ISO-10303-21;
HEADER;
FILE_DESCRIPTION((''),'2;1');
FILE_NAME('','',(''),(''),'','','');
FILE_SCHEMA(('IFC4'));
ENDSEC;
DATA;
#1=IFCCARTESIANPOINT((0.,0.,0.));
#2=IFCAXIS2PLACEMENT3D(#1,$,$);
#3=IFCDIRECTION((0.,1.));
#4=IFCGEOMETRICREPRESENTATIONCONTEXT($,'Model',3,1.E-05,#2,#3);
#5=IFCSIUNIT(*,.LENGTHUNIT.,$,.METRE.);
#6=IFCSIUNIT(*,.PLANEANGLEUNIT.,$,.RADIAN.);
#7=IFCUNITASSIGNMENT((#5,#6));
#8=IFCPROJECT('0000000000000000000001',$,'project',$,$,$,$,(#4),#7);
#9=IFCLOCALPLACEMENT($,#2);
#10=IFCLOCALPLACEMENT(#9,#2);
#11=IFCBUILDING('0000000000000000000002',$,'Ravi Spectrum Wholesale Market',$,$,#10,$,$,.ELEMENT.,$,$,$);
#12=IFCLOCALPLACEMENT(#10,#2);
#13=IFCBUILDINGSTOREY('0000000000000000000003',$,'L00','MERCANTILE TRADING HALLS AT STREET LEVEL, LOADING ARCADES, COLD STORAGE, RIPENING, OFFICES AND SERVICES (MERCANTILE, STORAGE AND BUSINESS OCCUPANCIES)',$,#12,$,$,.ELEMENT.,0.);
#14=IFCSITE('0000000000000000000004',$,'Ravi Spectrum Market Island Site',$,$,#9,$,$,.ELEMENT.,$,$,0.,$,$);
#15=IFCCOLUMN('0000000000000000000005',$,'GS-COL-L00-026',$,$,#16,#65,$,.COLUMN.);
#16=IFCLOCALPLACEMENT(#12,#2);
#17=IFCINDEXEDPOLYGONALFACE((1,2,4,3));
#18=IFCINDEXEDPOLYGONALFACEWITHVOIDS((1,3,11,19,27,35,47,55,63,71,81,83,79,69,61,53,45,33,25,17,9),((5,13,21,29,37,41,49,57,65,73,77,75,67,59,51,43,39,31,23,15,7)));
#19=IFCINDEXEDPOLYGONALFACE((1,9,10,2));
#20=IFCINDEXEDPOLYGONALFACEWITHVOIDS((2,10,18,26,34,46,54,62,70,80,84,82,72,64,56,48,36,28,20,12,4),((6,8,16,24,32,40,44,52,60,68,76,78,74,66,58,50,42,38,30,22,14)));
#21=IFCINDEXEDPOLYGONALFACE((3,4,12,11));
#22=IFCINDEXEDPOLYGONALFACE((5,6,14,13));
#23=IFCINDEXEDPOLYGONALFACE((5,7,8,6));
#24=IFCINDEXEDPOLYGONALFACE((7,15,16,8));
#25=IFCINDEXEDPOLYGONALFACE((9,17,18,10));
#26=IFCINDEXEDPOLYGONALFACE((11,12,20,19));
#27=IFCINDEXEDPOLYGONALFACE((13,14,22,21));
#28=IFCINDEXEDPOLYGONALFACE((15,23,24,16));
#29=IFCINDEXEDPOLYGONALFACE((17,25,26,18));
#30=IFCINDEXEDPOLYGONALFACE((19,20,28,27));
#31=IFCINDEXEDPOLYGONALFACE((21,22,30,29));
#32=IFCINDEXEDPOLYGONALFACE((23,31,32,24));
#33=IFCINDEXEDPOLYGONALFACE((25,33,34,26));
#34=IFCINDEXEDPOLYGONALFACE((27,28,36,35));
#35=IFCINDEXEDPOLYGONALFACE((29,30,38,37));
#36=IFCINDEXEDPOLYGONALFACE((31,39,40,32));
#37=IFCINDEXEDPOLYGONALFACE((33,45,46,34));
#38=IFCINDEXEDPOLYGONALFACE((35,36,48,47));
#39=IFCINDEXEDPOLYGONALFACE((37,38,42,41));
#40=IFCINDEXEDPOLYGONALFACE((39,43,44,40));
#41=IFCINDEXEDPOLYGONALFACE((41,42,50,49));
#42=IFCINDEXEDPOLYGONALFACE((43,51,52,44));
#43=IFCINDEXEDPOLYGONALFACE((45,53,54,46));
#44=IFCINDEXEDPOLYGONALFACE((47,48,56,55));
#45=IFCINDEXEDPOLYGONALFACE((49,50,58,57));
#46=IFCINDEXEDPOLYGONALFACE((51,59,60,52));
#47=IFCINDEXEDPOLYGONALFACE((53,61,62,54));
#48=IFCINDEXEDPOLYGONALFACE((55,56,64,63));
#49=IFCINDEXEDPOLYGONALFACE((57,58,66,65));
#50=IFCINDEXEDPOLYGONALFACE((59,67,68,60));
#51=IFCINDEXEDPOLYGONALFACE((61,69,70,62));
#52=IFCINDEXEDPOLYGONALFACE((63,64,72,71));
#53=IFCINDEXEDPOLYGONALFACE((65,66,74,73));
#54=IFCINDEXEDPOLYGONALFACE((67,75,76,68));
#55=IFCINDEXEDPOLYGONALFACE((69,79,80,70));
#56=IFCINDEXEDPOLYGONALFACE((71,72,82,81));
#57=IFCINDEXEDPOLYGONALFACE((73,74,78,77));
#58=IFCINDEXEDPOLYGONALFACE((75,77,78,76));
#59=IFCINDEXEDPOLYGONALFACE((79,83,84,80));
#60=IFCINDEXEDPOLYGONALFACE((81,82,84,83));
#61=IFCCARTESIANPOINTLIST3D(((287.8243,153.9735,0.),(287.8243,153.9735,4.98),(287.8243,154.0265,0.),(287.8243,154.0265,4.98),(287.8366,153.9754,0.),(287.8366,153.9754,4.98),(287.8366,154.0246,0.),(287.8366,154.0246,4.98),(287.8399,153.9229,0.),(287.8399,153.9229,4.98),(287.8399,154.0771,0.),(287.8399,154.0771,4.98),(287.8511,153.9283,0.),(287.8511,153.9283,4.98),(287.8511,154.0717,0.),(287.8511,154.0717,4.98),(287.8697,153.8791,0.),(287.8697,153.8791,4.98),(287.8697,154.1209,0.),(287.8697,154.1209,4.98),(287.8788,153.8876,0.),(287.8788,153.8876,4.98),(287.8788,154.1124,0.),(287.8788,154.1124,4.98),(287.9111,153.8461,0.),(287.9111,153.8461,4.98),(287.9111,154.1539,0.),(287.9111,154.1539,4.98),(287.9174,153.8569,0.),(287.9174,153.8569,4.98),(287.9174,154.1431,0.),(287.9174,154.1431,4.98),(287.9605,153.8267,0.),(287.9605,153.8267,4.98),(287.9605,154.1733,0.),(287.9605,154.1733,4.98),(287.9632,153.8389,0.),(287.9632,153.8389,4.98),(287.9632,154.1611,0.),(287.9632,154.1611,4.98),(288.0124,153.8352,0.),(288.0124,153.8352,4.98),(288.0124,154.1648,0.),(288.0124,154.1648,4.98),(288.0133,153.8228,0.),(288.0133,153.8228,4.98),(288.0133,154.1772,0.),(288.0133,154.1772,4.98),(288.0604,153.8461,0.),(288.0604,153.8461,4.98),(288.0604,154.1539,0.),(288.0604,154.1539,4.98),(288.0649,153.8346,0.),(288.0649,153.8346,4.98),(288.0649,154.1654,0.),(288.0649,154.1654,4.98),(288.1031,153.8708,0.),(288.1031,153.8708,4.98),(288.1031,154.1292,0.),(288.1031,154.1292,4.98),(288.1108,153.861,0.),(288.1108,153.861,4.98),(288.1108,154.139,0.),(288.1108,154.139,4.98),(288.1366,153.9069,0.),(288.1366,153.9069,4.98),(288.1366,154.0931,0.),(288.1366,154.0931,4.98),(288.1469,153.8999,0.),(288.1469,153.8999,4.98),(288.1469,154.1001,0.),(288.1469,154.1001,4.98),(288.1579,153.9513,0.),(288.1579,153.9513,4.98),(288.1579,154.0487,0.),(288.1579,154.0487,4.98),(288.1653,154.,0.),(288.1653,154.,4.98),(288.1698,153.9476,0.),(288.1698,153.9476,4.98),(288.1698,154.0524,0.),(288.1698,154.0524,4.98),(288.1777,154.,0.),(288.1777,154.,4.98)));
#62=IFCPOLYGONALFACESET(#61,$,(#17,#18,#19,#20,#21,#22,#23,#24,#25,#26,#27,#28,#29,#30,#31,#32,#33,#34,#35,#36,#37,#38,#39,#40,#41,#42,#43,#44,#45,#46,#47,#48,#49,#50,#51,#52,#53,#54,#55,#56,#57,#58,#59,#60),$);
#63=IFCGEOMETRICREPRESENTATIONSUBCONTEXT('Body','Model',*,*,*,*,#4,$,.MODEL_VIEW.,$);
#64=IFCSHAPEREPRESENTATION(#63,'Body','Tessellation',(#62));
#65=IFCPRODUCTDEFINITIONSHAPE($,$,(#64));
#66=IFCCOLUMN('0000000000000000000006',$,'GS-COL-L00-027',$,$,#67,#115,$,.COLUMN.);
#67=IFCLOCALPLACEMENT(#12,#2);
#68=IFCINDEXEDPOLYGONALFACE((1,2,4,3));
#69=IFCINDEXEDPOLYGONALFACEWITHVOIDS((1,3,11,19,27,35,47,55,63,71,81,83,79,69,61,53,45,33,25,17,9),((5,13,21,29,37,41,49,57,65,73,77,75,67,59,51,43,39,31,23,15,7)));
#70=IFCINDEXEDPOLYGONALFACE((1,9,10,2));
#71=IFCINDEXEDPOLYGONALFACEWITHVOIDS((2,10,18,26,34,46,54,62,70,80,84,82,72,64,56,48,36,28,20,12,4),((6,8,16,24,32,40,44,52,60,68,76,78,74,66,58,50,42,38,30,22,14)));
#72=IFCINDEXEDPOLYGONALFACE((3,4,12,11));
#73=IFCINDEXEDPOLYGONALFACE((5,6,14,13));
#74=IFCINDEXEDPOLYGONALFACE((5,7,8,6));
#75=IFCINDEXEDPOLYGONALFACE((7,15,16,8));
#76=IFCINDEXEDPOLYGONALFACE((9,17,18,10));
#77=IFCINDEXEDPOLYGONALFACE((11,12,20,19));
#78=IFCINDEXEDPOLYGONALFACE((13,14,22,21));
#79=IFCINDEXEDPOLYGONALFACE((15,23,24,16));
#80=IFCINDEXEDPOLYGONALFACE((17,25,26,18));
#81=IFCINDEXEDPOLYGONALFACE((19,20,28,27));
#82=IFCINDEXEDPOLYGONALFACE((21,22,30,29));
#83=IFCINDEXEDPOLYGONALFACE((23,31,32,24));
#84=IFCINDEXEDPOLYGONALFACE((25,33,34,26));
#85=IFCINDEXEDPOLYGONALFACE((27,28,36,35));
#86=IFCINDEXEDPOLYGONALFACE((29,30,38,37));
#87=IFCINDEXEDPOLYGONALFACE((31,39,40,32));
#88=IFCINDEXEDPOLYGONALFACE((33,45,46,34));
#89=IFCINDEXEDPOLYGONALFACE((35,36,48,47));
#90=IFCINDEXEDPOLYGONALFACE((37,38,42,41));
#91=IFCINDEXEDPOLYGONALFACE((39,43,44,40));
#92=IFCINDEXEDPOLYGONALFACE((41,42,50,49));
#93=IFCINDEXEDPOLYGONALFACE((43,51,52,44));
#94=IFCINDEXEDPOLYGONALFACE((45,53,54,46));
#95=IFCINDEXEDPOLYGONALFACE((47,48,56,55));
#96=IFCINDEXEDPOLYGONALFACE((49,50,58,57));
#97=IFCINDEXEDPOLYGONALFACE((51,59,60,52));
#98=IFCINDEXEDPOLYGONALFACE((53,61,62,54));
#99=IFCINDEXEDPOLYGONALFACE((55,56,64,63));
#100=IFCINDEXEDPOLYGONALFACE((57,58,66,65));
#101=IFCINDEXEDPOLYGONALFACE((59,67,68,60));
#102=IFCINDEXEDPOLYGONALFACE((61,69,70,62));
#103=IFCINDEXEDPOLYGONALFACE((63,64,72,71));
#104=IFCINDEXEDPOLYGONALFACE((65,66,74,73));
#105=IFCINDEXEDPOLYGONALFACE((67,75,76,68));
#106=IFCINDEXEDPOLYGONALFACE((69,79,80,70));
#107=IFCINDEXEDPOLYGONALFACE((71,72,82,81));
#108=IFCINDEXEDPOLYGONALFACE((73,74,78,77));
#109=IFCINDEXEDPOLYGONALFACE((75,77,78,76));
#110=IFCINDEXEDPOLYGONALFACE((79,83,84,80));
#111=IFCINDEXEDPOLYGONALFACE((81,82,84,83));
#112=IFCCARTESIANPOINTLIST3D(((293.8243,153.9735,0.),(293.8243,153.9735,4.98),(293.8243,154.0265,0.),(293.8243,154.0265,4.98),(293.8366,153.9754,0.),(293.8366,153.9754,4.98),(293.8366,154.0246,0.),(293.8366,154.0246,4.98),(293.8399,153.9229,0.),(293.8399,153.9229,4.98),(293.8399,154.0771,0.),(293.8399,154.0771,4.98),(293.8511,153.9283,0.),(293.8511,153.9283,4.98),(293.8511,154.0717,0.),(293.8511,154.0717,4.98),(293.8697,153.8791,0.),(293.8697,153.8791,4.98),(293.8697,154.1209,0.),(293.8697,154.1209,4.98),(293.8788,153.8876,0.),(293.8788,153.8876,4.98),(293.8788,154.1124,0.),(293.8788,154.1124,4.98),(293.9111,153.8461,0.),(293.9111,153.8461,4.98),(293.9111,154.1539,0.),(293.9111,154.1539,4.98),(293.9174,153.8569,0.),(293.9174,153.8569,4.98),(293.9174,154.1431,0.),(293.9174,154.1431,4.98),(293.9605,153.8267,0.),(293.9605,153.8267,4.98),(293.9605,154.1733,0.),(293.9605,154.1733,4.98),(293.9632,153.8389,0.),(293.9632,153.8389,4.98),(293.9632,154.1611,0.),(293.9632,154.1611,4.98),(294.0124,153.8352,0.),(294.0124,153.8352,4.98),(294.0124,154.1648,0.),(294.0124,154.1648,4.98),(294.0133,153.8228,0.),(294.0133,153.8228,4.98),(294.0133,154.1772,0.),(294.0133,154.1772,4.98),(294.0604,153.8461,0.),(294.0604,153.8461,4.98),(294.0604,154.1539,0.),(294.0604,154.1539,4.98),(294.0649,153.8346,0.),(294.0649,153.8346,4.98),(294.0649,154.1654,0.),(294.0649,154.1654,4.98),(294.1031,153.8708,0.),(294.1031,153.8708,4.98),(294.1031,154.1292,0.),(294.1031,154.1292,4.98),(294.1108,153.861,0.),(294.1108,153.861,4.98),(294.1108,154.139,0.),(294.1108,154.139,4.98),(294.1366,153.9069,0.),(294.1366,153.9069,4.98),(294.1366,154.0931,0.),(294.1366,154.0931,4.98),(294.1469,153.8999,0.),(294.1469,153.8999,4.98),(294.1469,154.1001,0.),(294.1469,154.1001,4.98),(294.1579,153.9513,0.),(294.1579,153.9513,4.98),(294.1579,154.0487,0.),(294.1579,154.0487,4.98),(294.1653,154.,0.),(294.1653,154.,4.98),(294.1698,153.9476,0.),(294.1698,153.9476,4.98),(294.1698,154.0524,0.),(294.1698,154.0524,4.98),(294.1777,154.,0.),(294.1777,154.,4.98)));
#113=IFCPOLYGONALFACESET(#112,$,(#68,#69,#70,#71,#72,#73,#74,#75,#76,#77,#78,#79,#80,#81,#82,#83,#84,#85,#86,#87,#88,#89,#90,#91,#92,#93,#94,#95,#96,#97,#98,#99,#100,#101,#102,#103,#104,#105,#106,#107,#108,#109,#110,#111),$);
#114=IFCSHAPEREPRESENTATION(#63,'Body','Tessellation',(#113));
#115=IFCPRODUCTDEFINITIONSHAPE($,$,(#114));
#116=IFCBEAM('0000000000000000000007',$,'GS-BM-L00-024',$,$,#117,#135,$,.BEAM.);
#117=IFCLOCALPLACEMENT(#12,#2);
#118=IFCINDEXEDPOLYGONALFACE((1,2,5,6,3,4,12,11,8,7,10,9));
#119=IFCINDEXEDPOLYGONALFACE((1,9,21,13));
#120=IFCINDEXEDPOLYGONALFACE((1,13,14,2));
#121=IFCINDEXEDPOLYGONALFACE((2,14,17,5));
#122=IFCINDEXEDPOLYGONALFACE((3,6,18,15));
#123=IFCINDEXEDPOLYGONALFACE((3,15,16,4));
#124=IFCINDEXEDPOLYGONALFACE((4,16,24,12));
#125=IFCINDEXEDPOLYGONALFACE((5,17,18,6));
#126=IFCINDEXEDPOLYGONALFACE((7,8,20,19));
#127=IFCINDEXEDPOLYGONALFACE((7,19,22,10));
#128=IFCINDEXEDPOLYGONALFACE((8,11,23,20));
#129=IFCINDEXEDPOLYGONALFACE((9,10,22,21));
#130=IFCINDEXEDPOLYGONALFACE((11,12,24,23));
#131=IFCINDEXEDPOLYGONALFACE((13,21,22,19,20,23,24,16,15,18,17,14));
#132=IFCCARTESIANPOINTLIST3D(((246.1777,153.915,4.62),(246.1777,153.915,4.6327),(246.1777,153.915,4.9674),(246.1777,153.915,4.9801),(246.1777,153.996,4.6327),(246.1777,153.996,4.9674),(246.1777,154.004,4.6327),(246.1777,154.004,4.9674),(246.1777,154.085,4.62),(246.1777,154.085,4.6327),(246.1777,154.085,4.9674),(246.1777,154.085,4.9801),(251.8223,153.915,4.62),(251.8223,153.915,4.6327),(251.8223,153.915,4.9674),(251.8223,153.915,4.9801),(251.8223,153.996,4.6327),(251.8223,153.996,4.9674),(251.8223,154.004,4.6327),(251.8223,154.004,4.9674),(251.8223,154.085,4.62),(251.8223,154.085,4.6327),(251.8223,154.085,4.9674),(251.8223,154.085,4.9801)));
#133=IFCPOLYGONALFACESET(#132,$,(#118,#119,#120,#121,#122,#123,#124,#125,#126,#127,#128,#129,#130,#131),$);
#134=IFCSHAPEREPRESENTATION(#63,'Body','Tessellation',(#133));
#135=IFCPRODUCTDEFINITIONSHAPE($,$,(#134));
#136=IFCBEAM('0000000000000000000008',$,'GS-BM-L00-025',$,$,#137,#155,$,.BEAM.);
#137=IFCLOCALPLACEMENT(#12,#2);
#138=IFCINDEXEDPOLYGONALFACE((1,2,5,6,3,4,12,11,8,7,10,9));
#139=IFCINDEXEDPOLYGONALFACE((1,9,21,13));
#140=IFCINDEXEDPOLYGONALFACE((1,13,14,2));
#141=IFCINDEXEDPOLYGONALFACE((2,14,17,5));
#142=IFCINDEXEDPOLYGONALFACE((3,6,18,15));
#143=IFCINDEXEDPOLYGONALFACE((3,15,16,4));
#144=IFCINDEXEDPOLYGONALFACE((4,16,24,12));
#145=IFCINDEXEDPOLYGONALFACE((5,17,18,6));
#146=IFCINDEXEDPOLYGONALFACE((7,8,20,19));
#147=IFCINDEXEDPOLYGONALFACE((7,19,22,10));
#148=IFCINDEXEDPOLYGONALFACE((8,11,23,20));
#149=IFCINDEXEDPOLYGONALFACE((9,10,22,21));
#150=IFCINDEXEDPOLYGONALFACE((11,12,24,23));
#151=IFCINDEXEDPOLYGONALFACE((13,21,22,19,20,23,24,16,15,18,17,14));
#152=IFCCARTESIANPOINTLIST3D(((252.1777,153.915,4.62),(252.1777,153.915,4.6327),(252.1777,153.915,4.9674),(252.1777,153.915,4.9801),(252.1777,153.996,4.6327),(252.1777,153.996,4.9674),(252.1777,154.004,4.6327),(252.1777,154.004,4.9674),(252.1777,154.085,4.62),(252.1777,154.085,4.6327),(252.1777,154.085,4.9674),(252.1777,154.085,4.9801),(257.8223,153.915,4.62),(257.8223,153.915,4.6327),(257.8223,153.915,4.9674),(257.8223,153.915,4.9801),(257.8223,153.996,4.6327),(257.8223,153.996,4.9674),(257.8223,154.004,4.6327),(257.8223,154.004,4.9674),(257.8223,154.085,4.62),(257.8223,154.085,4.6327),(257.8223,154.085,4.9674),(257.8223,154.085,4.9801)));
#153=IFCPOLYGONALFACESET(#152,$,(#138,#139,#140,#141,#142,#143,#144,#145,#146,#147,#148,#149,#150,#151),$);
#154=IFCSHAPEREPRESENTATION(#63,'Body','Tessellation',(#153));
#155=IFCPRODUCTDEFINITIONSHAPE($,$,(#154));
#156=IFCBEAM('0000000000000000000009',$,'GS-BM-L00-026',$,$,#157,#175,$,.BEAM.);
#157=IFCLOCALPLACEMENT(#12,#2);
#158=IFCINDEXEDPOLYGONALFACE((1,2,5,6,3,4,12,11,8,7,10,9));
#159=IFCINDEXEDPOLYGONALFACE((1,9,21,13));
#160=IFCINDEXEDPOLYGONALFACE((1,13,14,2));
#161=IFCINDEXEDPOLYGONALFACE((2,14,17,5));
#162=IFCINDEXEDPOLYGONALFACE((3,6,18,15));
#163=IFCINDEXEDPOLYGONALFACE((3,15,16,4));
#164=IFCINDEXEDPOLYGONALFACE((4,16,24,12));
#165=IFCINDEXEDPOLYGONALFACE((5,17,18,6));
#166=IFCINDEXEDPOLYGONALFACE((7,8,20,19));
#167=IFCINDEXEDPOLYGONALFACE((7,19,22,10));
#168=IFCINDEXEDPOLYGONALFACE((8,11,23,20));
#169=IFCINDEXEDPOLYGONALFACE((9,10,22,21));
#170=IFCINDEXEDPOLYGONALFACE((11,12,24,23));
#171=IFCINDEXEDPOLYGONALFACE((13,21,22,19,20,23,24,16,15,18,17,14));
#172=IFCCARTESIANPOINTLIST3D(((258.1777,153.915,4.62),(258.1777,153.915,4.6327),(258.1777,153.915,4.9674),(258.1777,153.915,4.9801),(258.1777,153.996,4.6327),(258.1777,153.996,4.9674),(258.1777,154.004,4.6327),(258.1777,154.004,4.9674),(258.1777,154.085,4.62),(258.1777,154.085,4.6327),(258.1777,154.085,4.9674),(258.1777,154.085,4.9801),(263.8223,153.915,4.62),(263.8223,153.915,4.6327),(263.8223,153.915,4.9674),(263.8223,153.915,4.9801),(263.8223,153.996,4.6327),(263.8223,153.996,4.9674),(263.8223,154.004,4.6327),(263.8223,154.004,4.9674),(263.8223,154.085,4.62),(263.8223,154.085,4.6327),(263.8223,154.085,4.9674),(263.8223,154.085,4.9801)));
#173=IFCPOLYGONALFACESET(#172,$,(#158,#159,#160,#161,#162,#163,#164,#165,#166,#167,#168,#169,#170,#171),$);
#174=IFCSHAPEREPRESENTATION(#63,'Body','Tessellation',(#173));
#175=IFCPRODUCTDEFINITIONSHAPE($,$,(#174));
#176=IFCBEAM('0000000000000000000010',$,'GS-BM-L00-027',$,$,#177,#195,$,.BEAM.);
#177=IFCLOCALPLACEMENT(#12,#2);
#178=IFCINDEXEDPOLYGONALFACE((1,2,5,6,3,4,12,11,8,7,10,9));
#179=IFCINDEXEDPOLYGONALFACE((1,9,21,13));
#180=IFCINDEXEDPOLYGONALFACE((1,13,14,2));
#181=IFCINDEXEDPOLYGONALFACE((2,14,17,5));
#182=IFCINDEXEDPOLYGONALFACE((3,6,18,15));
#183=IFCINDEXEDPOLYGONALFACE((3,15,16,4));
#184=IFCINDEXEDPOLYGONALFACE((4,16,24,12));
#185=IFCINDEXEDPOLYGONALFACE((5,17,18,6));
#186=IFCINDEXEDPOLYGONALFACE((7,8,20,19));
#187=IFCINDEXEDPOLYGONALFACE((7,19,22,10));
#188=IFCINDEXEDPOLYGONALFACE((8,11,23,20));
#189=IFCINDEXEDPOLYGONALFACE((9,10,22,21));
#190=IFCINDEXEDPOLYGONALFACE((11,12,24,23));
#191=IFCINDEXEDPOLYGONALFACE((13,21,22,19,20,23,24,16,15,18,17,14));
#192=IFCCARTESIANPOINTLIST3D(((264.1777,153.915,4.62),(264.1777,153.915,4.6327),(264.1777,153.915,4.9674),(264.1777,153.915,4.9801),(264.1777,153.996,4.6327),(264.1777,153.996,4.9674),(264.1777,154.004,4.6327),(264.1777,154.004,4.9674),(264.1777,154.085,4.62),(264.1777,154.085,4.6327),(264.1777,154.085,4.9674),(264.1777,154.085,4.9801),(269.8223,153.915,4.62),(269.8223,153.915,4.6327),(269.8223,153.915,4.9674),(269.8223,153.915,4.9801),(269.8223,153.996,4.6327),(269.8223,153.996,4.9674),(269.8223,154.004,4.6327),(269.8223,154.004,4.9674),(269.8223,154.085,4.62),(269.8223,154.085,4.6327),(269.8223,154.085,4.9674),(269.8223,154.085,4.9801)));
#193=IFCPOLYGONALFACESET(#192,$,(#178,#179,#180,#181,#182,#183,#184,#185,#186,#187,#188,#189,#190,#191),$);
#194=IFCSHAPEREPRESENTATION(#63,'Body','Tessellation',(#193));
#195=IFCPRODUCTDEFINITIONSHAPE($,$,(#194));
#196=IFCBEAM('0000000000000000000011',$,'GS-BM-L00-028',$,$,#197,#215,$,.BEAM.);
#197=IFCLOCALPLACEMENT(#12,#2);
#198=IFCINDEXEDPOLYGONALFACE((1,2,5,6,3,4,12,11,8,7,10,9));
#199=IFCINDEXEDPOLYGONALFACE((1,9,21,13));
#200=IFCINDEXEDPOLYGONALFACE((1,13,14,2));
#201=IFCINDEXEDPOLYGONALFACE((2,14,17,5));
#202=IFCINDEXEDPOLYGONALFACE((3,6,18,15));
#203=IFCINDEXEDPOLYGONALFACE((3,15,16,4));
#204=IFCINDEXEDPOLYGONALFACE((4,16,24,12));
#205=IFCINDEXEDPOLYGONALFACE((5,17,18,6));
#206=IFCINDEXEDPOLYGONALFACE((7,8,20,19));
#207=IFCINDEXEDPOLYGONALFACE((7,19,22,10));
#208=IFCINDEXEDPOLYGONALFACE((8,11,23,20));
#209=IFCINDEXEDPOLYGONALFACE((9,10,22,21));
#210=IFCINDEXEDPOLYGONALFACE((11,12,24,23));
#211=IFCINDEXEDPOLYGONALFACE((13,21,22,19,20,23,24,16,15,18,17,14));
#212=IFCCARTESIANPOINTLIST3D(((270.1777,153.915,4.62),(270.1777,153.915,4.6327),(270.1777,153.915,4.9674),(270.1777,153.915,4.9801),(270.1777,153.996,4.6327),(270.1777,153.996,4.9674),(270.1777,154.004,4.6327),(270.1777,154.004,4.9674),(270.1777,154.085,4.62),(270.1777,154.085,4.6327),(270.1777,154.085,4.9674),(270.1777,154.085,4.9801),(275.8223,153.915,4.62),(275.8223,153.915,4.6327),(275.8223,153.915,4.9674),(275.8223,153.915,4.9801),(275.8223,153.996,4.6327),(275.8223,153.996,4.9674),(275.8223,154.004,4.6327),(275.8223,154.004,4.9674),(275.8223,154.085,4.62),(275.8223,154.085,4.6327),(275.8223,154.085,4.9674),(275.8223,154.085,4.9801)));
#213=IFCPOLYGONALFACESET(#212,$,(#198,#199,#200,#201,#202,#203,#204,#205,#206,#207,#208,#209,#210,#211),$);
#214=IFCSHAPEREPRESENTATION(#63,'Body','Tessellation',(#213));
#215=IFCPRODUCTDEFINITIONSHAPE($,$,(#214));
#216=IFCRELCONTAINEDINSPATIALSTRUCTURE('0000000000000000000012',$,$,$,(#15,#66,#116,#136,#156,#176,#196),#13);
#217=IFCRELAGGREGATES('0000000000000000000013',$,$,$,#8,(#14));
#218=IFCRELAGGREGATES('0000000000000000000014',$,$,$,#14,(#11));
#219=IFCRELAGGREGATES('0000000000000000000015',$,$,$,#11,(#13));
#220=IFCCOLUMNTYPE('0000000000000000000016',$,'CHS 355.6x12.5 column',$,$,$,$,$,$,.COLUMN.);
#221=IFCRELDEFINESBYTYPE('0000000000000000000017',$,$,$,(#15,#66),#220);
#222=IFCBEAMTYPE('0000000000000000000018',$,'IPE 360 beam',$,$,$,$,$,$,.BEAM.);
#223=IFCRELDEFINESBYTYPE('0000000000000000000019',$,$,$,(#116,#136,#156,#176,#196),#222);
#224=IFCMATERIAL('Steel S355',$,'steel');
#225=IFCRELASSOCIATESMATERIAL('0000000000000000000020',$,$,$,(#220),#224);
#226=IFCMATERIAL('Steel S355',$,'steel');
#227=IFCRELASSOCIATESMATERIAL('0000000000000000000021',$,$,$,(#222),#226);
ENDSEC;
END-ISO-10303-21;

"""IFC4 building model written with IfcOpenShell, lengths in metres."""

from ifc_helpers import new_model, si_unit, direction, frame, origin, origin_2d, place, context, subcontext, project, spatial, hollow_circle, i_section, extrude, material, material_profile, profile_set, type_object, element, save


model = new_model("IFC4")

# Units and contexts
model_context = context("Model", 3, precision=1e-05, world=origin(), true_north=direction((0.0, 1.0)))
body_context = subcontext(model_context, "Body", "Model", "MODEL_VIEW")
ifc_project = project(units=[si_unit("LENGTHUNIT", "METRE"), si_unit("PLANEANGLEUNIT", "RADIAN")], contexts=[model_context])

# Site, building, storey
site_placement = place(None, origin())
site = spatial("IfcSite", under=ifc_project, at=site_placement, Name="Ravi Spectrum Market Island Site", CompositionType="ELEMENT", RefElevation=0.0)
building_placement = place(site_placement, origin())
building = spatial("IfcBuilding", under=site, at=building_placement, Name="Ravi Spectrum Wholesale Market", CompositionType="ELEMENT")
storey_placement = place(building_placement, origin())
storey = spatial("IfcBuildingStorey", under=building, at=storey_placement, Name="L00", Description="MERCANTILE TRADING HALLS AT STREET LEVEL, LOADING ARCADES, COLD STORAGE, RIPENING, OFFICES AND SERVICES (MERCANTILE, STORAGE AND BUSINESS OCCUPANCIES)", CompositionType="ELEMENT", Elevation=0.0)

# Columns
ifc_material_1 = material(Name="Steel S355", Category="steel")
ifc_material_profile_1 = material_profile(ifc_material_1, hollow_circle(Radius=0.1777, WallThickness=0.0125, at=origin_2d()))
ifc_profile_set_1 = profile_set([ifc_material_profile_1], Name="Steel S355")
column_type = type_object("IfcColumnType", Name="CHS 355.6x12.5 column", PredefinedType="COLUMN", material=ifc_profile_set_1)
for number, where, z_axis, x_axis, name in (
    (1, (288.0, 154.0, 0.0), (0.0, 0.0, 1.0), (1.0, 0.0, 0.0), "GS-COL-L00-026"),
    (2, (294.0, 154.0, 0.0), (0.0, 0.0, 1.0), (1.0, 0.0, 0.0), "GS-COL-L00-027"),
):
    element("IfcColumn", number, at=place(storey_placement, frame(where, z_axis=z_axis, x_axis=x_axis)), inside=storey, type_object=column_type, Name=name, PredefinedType="COLUMN", context=body_context, shape_type="SweptSolid", body=[
        extrude(hollow_circle(Radius=0.1777, WallThickness=0.0125, at=origin_2d()), origin(), (0.0, 0.0, 1.0), 4.98),
    ])

# Beams
ifc_material_2 = material(Name="Steel S355", Category="steel")
ifc_material_profile_2 = material_profile(ifc_material_2, i_section(OverallWidth=0.1699, OverallDepth=0.3601, WebThickness=0.0081, FlangeThickness=0.0127, at=origin_2d()))
ifc_profile_set_2 = profile_set([ifc_material_profile_2], Name="Steel S355")
beam_type = type_object("IfcBeamType", Name="IPE 360 beam", PredefinedType="BEAM", material=ifc_profile_set_2)
for number, where, z_axis, x_axis, name in (
    (3, (246.1777, 154.0, 4.8), (1.0, 0.0, 0.0), (0.0, 1.0, 0.0), "GS-BM-L00-024"),
    (4, (252.1777, 154.0, 4.8), (1.0, 0.0, 0.0), (0.0, 1.0, 0.0), "GS-BM-L00-025"),
    (5, (258.1777, 154.0, 4.8), (1.0, 0.0, 0.0), (0.0, 1.0, 0.0), "GS-BM-L00-026"),
    (6, (264.1777, 154.0, 4.8), (1.0, 0.0, 0.0), (0.0, 1.0, 0.0), "GS-BM-L00-027"),
    (7, (270.1777, 154.0, 4.8), (1.0, 0.0, 0.0), (0.0, 1.0, 0.0), "GS-BM-L00-028"),
):
    element("IfcBeam", number, at=place(storey_placement, frame(where, z_axis=z_axis, x_axis=x_axis)), inside=storey, type_object=beam_type, Name=name, PredefinedType="BEAM", context=body_context, shape_type="SweptSolid", body=[
        extrude(i_section(OverallWidth=0.1699, OverallDepth=0.3601, WebThickness=0.0081, FlangeThickness=0.0127, at=origin_2d()), origin(), (0.0, 0.0, 1.0), 5.6445),
    ])

save(model, "model.ifc")
